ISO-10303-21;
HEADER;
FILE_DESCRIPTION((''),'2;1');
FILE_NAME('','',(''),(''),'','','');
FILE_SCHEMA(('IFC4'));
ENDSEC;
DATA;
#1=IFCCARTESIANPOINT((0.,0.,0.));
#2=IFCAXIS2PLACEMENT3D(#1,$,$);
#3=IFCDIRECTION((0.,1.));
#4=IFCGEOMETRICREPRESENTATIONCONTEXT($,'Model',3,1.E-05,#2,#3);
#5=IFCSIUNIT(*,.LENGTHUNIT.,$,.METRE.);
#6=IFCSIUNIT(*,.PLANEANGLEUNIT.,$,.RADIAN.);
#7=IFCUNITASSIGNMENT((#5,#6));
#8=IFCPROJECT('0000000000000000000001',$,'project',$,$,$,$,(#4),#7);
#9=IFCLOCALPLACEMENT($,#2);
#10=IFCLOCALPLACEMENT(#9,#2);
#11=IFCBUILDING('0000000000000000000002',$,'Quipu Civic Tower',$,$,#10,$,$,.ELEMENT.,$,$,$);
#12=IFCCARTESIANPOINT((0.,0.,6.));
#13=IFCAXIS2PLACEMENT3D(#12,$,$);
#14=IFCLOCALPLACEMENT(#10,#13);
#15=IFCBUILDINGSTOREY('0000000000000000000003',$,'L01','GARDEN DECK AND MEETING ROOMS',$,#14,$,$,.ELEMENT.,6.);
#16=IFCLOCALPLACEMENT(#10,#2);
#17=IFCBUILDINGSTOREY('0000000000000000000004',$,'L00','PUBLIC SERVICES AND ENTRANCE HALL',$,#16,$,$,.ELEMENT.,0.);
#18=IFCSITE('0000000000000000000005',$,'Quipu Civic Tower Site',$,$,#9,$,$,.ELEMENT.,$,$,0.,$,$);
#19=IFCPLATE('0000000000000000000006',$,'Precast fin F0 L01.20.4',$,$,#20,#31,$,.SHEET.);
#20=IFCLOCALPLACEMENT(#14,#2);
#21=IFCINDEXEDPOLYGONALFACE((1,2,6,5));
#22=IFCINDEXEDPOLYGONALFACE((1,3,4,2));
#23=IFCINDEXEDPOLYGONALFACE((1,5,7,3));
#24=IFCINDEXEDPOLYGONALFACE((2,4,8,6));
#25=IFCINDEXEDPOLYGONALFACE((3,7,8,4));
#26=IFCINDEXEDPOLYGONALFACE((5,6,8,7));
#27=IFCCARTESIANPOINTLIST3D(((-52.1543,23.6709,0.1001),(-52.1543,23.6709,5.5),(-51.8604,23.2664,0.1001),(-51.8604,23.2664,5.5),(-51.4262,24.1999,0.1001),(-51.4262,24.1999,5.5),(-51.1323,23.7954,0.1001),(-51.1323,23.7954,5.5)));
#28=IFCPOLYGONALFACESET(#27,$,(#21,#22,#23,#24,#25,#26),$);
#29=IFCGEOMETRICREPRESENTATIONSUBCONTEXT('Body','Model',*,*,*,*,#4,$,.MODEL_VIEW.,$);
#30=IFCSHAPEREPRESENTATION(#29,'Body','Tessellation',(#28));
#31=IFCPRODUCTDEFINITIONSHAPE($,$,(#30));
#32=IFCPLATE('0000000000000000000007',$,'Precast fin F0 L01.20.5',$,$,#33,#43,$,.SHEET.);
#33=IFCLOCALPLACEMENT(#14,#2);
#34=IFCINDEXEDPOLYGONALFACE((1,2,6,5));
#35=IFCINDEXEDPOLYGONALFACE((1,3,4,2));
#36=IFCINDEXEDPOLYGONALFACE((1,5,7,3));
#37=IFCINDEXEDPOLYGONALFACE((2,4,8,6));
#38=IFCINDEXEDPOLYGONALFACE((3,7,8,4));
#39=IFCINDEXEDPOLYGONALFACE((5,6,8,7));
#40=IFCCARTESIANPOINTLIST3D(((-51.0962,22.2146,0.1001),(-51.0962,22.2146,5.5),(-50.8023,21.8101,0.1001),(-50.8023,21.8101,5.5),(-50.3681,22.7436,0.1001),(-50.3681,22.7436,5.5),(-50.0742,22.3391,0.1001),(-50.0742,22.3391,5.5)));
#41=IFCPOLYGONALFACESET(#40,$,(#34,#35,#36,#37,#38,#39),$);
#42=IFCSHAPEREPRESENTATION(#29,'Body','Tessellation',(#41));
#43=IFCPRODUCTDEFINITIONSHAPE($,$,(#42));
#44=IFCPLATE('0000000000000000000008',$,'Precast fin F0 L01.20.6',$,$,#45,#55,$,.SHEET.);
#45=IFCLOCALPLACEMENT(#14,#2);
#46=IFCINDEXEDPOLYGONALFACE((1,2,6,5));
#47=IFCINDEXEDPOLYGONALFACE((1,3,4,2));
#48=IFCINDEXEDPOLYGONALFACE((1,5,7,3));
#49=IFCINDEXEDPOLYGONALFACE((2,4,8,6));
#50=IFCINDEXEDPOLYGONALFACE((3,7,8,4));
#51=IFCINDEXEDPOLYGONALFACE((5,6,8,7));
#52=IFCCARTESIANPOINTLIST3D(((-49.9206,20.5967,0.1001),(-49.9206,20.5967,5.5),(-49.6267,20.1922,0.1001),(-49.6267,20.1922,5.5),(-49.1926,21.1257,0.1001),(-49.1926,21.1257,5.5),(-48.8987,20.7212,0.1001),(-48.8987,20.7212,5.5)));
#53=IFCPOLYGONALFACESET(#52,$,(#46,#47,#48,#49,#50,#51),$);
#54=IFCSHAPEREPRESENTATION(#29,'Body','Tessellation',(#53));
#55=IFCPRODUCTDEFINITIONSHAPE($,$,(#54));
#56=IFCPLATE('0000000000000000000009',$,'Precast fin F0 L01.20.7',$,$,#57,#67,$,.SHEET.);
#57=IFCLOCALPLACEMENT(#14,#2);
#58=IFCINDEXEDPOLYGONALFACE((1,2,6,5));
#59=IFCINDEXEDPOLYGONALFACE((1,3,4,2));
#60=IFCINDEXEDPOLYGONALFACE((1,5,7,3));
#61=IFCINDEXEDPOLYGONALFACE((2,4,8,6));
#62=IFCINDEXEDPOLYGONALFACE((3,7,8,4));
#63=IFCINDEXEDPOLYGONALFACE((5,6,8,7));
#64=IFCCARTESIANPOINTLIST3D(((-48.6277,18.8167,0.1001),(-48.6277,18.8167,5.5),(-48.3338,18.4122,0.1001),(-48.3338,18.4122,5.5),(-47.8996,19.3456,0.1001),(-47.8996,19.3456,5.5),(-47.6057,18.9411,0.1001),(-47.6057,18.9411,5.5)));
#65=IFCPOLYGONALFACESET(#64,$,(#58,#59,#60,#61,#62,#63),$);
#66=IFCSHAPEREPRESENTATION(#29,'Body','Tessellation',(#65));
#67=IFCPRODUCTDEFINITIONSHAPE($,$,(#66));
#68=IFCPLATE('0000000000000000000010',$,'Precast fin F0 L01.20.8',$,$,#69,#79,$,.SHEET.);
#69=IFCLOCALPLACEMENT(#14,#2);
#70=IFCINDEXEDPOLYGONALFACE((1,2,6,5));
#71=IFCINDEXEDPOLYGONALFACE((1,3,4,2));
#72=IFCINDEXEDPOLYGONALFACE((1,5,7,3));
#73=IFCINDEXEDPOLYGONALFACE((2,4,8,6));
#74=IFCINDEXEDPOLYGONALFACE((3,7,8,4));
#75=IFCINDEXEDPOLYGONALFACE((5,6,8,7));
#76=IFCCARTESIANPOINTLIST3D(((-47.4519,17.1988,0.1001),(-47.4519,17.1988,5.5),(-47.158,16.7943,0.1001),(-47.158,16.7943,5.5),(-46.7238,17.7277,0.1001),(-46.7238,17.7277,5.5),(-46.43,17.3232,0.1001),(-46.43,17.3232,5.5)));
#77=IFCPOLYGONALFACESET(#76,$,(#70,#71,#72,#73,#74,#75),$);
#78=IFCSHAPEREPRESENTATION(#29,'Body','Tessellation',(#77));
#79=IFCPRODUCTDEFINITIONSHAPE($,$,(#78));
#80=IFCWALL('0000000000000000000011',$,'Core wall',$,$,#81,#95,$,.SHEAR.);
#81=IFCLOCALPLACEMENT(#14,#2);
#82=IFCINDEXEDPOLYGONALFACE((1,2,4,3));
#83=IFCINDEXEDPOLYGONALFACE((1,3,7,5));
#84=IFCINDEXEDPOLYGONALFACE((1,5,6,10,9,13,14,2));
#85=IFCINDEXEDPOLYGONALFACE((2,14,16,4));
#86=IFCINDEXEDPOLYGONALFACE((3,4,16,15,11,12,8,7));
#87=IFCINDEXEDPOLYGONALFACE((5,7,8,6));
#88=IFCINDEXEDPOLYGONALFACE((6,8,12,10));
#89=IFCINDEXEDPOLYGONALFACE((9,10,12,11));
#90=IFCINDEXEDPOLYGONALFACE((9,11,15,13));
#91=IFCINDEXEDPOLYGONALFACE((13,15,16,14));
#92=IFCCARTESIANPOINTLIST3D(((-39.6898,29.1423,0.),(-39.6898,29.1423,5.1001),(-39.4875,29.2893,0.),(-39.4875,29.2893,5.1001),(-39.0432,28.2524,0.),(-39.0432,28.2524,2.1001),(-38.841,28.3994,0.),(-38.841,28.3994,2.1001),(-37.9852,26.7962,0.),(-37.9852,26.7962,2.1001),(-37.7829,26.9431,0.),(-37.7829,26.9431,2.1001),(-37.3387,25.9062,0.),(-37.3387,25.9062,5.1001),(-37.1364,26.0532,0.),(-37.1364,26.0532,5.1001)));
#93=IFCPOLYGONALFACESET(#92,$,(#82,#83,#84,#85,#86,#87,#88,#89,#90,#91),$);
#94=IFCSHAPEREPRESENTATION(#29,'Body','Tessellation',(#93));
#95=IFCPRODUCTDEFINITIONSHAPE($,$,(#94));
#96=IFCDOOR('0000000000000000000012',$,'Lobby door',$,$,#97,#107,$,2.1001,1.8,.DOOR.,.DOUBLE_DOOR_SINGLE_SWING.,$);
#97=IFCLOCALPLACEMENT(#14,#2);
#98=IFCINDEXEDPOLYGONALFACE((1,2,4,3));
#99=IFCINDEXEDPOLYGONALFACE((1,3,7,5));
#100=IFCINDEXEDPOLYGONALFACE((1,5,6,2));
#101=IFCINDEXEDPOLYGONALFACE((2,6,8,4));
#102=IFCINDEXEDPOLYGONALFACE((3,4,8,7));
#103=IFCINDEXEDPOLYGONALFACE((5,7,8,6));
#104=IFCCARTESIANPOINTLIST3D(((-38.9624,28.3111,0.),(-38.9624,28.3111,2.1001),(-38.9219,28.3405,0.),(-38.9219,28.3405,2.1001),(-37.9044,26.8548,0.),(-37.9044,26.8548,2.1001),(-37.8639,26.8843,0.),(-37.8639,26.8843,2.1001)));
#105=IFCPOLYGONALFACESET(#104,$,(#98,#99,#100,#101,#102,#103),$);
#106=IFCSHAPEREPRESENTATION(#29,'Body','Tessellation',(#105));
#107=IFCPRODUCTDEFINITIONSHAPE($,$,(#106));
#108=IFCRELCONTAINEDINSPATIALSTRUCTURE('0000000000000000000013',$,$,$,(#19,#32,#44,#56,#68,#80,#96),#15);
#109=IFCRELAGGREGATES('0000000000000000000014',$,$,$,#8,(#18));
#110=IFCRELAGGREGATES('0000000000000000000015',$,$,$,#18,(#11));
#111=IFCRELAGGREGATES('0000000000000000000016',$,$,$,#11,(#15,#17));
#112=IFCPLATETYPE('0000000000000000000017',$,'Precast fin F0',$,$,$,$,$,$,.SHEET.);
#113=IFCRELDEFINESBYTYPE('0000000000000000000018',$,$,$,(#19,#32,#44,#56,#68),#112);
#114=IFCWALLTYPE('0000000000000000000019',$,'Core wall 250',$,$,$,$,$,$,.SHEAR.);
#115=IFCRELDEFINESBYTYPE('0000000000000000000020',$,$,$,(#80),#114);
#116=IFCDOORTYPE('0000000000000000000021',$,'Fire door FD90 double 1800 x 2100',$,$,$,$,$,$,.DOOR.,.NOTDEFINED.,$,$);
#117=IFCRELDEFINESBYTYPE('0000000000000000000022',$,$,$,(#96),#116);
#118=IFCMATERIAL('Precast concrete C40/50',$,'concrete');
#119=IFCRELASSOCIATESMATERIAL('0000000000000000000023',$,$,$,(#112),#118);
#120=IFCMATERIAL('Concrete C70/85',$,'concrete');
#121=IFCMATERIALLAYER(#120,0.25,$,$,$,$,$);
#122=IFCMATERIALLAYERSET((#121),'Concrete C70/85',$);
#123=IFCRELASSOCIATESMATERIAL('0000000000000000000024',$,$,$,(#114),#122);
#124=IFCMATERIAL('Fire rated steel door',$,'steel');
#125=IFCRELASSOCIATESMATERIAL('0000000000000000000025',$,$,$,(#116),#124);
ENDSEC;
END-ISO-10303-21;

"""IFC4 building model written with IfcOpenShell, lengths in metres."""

from ifc_helpers import new_model, si_unit, direction, frame, frame_2d, origin, origin_2d, place, context, subcontext, project, spatial, rectangle, extrude, material, layer, layer_set, type_object, element, fill, save


model = new_model("IFC4")

# Units and contexts
model_context = context("Model", 3, precision=1e-05, world=origin(), true_north=direction((0.0, 1.0)))
body_context = subcontext(model_context, "Body", "Model", "MODEL_VIEW")
ifc_project = project(units=[si_unit("LENGTHUNIT", "METRE"), si_unit("PLANEANGLEUNIT", "RADIAN")], contexts=[model_context])

# Site, building, storey
site_placement = place(None, origin())
site = spatial("IfcSite", under=ifc_project, at=site_placement, Name="Quipu Civic Tower Site", CompositionType="ELEMENT", RefElevation=0.0)
building_placement = place(site_placement, origin())
building = spatial("IfcBuilding", under=site, at=building_placement, Name="Quipu Civic Tower", CompositionType="ELEMENT")
storey_1_placement = place(building_placement, frame((0.0, 0.0, 6.0)))
storey_1 = spatial("IfcBuildingStorey", under=building, at=storey_1_placement, Name="L01", Description="GARDEN DECK AND MEETING ROOMS", CompositionType="ELEMENT", Elevation=6.0)

# Shared definitions
storey_2_placement = place(building_placement, origin())
storey_2 = spatial("IfcBuildingStorey", under=building, at=storey_2_placement, Name="L00", Description="PUBLIC SERVICES AND ENTRANCE HALL", CompositionType="ELEMENT", Elevation=0.0)

# Plates
ifc_material_1 = material(Name="Precast concrete C40/50", Category="concrete")
plate_type_1 = type_object("IfcPlateType", Name="Precast fin F0", PredefinedType="SHEET", material=ifc_material_1)
for number, where, z_axis, x_axis, name in (
    (1, (-51.6433, 23.7332, 0.1001), (0.0, 0.0, 1.0), (0.587786, -0.809017, 0.0), "Precast fin F0 L01.20.4"),
    (2, (-50.5852, 22.2769, 0.1001), (0.0, 0.0, 1.0), (0.587786, -0.809017, 0.0), "Precast fin F0 L01.20.5"),
    (3, (-49.4097, 20.6589, 0.1001), (0.0, 0.0, 1.0), (0.587786, -0.809017, 0.0), "Precast fin F0 L01.20.6"),
    (4, (-48.1167, 18.8789, 0.1001), (0.0, 0.0, 1.0), (0.587786, -0.809017, 0.0), "Precast fin F0 L01.20.7"),
    (5, (-46.9409, 17.261, 0.1001), (0.0, 0.0, 1.0), (0.587786, -0.809017, 0.0), "Precast fin F0 L01.20.8"),
):
    element("IfcPlate", number, at=place(storey_1_placement, frame(where, z_axis=z_axis, x_axis=x_axis)), inside=storey_1, type_object=plate_type_1, Name=name, PredefinedType="SHEET", context=body_context, shape_type="SweptSolid", body=[
        extrude(rectangle(XDim=0.5, YDim=0.8999, at=origin_2d()), origin(), (0.0, 0.0, 1.0), 5.3999),
    ])

# Wall, opening, door
ifc_material_2 = material(Name="Concrete C70/85", Category="concrete")
ifc_layer_1 = layer(ifc_material_2, 0.25)
ifc_layer_set_1 = layer_set([ifc_layer_1], Name="Concrete C70/85")
wall_type = type_object("IfcWallType", Name="Core wall 250", PredefinedType="SHEAR", material=ifc_layer_set_1)
wall_placement = place(storey_1_placement, frame((-39.5886, 29.2158, 0.0), z_axis=(0.0, 0.0, 1.0), x_axis=(0.587772, -0.809026, 0.0)))
wall = element("IfcWall", 6, at=wall_placement, inside=storey_1, type_object=wall_type, Name="Core wall", PredefinedType="SHEAR", context=body_context, shape_type="SweptSolid", body=[
    extrude(rectangle(XDim=4.0, YDim=0.25, at=frame_2d((2.0, 0.0))), origin(), (0.0, 0.0, 1.0), 5.1001),
])
opening_placement = place(wall_placement, frame((1.1001, 0.0, 0.0)))
opening = element("IfcOpeningElement", 7, at=opening_placement, cuts=wall, PredefinedType="OPENING", context=body_context, shape_type="SweptSolid", body=[
    extrude(rectangle(XDim=1.8, YDim=2.1001, at=frame_2d((0.8999, 1.05))), frame((0.0, 0.135, 0.0), z_axis=(0.0, -1.0, 0.0), x_axis=(1.0, 0.0, 0.0)), (0.0, 0.0, 1.0), 0.27),
])
ifc_material_3 = material(Name="Fire rated steel door", Category="steel")
door_type = type_object("IfcDoorType", Name="Fire door FD90 double 1800 x 2100", OperationType="NOTDEFINED", PredefinedType="DOOR", material=ifc_material_3)
door_placement = place(opening_placement, origin())
door = element("IfcDoor", 8, at=door_placement, inside=storey_1, type_object=door_type, Name="Lobby door", OperationType="DOUBLE_DOOR_SINGLE_SWING", OverallHeight=2.1001, OverallWidth=1.8, PredefinedType="DOOR", context=body_context, shape_type="SweptSolid", body=[
    extrude(rectangle(XDim=1.8, YDim=2.1001, at=frame_2d((0.8999, 1.05))), frame((0.0, 0.0249, 0.0), z_axis=(0.0, -1.0, 0.0), x_axis=(1.0, 0.0, 0.0)), (0.0, 0.0, 1.0), 0.05),
])
fill(opening, door)

save(model, "model.ifc")
